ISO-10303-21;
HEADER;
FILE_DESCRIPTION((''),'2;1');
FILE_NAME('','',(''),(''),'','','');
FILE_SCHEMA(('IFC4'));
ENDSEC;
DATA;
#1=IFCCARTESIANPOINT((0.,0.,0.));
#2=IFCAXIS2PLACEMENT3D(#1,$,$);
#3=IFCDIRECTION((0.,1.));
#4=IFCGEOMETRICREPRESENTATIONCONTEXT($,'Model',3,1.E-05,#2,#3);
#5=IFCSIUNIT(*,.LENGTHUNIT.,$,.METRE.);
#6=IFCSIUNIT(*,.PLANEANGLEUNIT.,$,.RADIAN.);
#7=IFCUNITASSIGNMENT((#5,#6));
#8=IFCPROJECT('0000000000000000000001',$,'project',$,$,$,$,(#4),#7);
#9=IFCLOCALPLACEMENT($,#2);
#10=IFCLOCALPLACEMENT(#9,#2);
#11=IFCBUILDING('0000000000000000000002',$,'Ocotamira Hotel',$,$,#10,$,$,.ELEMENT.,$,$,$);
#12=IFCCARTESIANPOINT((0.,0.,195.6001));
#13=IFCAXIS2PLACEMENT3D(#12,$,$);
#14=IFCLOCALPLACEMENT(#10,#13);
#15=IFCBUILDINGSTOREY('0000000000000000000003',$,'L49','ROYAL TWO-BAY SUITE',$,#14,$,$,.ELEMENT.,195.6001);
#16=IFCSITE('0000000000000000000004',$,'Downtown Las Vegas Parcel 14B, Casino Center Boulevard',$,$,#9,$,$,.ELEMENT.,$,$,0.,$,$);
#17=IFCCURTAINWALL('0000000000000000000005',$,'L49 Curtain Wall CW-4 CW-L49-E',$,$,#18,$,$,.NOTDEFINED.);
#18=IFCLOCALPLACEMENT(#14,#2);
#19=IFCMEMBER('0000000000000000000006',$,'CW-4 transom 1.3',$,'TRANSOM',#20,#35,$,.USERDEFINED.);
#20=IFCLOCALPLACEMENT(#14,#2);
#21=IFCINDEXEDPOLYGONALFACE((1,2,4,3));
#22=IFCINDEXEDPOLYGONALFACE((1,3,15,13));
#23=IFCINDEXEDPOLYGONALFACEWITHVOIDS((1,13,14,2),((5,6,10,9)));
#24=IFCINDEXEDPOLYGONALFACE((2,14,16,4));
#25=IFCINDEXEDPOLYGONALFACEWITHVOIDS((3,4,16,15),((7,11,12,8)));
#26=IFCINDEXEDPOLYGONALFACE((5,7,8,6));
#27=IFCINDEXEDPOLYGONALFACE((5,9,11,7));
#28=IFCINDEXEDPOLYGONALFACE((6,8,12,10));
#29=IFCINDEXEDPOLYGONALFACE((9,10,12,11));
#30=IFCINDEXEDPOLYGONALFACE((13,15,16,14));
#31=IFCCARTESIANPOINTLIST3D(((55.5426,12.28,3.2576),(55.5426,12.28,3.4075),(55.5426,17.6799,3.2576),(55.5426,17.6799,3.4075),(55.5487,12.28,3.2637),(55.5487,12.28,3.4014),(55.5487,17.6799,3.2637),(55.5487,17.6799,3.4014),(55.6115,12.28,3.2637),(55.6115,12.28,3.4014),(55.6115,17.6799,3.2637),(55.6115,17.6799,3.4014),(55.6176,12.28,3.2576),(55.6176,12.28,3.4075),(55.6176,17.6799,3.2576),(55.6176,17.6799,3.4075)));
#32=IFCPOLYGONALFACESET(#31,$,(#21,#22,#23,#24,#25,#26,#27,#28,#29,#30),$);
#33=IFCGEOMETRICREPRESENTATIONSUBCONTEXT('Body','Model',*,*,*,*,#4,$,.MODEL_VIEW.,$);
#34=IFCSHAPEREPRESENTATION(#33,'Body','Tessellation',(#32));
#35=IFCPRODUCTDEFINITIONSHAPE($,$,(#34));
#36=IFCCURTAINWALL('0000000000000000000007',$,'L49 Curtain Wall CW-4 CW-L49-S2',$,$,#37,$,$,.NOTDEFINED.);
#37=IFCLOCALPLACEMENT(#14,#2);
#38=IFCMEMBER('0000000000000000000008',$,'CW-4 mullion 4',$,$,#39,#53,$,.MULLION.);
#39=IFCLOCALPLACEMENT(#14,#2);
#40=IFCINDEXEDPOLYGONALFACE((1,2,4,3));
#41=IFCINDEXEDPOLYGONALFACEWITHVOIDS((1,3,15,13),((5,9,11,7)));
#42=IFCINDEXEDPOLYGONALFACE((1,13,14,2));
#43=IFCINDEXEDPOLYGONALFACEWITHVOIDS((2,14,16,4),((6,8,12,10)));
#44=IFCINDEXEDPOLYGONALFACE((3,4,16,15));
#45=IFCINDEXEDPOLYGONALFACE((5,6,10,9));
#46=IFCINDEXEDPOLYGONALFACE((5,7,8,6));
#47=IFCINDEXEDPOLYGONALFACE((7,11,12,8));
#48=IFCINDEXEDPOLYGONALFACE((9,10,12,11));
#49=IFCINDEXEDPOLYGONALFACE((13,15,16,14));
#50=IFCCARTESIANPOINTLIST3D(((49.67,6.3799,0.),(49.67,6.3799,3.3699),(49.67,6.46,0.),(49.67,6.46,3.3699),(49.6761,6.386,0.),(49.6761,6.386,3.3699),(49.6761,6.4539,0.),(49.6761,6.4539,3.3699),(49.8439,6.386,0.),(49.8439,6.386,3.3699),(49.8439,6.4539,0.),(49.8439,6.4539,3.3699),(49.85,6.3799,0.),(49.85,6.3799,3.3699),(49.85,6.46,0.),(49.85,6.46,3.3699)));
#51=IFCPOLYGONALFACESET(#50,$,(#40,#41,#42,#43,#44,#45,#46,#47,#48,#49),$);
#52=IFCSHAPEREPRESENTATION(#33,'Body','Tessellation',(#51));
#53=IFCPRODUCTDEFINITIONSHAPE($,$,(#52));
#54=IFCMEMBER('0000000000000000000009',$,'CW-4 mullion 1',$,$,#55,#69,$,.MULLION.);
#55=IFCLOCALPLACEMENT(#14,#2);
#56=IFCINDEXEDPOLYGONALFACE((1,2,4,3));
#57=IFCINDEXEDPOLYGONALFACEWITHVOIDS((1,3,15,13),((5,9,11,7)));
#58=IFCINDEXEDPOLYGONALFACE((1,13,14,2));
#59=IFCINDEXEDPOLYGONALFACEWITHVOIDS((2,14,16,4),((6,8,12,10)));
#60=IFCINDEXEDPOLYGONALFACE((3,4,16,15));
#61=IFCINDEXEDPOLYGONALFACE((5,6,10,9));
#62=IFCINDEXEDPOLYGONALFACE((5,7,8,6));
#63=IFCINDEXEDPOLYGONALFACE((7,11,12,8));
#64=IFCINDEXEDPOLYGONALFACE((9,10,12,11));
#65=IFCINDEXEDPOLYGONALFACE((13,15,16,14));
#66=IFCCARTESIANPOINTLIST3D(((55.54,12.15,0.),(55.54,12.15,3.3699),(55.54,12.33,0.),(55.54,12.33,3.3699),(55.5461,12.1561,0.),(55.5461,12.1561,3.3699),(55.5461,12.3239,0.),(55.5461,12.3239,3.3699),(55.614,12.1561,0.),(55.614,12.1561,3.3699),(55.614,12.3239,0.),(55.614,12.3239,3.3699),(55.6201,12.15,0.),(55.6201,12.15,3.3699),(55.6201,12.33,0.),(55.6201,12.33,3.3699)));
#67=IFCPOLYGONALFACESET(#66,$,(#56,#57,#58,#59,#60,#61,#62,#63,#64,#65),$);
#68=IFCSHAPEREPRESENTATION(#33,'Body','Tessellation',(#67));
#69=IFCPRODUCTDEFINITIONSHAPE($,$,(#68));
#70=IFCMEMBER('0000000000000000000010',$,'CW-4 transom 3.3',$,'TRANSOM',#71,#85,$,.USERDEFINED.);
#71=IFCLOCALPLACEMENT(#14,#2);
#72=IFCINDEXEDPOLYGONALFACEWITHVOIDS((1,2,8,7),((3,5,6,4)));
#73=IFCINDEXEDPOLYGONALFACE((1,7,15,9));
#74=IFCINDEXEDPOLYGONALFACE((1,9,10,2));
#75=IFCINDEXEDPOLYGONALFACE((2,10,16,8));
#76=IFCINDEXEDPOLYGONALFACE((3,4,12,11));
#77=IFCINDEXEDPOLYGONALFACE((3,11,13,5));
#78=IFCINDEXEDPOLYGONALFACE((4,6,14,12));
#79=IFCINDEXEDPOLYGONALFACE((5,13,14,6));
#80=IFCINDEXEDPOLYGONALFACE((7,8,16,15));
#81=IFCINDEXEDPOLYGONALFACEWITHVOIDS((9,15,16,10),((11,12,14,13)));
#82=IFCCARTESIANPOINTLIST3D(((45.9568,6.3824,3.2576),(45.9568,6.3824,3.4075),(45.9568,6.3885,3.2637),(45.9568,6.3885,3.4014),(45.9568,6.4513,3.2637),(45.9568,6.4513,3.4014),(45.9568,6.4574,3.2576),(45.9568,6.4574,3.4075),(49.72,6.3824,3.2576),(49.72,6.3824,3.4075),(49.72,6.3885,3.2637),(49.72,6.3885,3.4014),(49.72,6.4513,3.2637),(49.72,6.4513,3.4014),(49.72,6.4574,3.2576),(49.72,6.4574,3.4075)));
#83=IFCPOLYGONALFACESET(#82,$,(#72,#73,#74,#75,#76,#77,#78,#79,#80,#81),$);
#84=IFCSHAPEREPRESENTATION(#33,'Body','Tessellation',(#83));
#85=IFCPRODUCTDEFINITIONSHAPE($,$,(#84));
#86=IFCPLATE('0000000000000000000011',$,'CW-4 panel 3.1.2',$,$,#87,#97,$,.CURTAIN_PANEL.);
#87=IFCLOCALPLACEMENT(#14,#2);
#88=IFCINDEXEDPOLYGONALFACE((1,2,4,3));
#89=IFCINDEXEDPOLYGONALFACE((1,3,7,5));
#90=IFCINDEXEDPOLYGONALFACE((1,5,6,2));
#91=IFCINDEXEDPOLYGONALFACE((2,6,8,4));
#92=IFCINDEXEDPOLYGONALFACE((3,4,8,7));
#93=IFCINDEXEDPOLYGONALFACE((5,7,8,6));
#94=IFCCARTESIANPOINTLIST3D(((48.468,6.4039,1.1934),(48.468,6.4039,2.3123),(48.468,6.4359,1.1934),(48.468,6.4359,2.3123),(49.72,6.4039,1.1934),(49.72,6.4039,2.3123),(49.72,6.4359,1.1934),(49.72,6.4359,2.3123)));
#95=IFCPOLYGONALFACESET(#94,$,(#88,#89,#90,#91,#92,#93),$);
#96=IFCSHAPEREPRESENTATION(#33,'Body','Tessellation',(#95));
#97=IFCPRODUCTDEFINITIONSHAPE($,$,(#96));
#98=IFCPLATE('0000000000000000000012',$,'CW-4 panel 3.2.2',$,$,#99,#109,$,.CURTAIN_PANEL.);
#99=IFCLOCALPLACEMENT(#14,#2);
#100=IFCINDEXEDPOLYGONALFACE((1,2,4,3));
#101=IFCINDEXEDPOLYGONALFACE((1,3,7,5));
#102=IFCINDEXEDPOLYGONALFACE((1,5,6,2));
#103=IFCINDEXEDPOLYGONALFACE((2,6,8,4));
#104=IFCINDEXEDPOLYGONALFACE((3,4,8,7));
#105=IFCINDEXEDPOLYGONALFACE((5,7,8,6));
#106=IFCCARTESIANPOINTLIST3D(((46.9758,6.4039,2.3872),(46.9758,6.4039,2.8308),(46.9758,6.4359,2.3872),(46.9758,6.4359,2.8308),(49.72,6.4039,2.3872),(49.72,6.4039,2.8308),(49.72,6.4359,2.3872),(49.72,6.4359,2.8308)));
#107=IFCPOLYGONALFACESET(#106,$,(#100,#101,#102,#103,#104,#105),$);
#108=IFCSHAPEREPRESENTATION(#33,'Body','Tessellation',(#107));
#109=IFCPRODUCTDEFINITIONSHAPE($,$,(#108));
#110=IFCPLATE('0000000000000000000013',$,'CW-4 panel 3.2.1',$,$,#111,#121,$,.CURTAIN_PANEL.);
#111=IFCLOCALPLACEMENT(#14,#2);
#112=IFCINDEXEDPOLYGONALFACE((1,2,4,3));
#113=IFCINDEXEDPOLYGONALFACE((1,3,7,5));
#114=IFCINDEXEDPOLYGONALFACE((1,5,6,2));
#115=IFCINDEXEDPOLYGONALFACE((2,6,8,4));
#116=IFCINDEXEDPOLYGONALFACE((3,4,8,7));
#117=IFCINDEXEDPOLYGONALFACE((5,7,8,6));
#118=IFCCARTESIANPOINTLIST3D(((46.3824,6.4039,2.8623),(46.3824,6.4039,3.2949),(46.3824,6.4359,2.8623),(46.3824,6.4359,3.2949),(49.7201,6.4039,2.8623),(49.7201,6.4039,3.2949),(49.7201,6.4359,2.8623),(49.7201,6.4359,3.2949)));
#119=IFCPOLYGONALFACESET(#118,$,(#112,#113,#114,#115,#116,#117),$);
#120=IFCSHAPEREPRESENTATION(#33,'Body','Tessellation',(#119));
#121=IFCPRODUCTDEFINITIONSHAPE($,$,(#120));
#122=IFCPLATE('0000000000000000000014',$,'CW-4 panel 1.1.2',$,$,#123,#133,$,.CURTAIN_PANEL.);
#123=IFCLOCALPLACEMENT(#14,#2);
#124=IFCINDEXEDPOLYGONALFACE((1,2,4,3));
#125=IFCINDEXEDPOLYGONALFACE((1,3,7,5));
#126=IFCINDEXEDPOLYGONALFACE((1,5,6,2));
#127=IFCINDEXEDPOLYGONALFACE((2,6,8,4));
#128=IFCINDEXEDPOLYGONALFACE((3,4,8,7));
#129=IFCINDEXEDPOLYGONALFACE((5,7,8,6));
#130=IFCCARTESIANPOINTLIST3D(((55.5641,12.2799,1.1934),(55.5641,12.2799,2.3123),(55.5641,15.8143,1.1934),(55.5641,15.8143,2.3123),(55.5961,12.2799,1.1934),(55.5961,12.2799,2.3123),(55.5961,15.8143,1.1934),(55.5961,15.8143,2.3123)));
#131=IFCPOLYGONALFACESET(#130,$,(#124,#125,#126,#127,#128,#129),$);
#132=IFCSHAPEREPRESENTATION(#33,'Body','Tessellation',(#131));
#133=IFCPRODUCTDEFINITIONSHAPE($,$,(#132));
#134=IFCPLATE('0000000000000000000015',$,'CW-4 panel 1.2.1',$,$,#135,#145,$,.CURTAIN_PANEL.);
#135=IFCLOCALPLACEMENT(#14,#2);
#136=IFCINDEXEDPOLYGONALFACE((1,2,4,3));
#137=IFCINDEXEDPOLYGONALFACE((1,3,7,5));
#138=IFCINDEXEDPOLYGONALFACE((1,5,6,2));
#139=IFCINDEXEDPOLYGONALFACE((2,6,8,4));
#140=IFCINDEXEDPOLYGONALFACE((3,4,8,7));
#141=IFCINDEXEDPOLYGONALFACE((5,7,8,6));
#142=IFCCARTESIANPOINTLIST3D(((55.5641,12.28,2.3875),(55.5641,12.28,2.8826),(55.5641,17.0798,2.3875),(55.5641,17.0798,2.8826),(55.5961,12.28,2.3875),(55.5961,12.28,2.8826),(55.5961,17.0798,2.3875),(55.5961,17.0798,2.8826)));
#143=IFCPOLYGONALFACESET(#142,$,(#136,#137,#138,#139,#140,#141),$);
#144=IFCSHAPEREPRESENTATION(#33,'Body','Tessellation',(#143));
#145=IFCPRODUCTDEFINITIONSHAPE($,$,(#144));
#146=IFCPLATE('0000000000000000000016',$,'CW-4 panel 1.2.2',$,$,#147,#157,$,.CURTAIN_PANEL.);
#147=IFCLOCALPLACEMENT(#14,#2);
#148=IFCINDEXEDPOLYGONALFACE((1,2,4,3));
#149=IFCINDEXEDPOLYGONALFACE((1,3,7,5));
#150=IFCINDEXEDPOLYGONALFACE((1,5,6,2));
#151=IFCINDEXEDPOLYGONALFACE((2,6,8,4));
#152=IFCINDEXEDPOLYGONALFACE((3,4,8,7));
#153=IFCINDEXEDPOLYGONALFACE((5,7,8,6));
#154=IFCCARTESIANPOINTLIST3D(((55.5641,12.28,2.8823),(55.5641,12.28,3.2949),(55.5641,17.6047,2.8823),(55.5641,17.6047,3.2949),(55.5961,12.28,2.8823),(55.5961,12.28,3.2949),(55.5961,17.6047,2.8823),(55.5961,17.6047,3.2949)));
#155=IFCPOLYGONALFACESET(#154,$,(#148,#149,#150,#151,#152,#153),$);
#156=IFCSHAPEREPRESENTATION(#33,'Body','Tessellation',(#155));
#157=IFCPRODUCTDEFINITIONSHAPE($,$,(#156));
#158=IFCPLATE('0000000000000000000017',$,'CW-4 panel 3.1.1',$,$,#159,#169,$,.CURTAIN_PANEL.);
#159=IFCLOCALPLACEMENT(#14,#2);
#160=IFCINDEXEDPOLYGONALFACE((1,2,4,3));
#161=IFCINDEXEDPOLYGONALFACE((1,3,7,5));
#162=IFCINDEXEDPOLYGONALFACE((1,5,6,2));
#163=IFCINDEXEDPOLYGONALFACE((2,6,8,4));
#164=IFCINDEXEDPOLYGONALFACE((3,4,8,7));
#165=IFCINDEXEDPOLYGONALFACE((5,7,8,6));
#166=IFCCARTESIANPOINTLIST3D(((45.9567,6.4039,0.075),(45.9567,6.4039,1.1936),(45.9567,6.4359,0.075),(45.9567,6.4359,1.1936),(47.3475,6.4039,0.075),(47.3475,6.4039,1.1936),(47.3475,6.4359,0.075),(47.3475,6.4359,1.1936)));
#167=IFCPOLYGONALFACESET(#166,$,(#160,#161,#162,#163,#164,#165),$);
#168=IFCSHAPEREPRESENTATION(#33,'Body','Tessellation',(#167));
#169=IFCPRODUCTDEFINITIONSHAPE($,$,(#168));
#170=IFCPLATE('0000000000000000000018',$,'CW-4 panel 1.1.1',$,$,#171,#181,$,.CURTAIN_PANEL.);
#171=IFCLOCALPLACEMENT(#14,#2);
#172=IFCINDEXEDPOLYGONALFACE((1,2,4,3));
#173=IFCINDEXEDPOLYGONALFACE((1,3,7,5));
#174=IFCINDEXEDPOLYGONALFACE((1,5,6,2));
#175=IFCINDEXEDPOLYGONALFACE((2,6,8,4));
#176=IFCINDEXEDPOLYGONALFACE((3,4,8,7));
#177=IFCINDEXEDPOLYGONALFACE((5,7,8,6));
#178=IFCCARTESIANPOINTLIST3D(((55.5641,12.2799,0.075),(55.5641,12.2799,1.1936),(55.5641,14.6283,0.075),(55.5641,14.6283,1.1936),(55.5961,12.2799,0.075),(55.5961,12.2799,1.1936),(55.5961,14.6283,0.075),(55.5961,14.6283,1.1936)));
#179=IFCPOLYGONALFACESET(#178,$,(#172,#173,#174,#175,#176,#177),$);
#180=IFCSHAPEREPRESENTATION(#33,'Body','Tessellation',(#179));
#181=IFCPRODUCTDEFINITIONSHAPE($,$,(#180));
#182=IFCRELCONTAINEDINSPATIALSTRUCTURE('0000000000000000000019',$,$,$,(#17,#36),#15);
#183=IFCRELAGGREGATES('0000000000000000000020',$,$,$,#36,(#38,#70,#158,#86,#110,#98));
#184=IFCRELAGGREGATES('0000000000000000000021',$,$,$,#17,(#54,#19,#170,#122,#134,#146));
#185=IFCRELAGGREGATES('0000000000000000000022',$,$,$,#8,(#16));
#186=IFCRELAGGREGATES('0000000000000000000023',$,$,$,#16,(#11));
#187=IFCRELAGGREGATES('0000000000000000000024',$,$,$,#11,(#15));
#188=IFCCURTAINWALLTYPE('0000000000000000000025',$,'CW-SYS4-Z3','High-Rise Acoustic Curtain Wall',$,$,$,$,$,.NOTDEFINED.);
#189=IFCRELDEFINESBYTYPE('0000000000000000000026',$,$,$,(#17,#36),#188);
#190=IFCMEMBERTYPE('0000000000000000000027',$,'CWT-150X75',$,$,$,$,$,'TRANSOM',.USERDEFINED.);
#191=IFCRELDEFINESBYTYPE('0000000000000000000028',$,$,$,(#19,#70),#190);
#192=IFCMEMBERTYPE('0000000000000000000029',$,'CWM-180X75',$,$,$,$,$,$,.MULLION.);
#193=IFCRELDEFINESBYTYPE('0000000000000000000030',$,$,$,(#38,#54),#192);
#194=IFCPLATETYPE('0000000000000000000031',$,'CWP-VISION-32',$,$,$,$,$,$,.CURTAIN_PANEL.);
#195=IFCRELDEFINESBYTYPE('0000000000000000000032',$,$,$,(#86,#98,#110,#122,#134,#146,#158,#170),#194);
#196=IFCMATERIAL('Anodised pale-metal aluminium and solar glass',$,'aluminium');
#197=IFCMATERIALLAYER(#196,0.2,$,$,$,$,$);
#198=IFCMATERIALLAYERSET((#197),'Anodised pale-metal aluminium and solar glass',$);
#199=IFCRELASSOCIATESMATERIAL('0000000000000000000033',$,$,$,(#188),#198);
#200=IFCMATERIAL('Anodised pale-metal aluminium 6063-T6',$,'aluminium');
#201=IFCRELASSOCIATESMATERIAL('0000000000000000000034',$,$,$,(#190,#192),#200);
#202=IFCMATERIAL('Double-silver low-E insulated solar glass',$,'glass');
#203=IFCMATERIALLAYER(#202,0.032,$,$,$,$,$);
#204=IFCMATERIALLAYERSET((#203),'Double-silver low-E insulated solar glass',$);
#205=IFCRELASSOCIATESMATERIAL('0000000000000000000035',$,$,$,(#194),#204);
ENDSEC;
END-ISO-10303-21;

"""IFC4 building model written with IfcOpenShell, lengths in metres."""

from ifc_helpers import new_model, si_unit, direction, frame, origin, origin_2d, place, context, subcontext, project, spatial, rectangle, hollow_rectangle, extrude, source, transform, mapped, material, layer, layer_set, material_profile, profile_set, type_object, element, aggregate, save


model = new_model("IFC4")

# Units and contexts
model_context = context("Model", 3, precision=1e-05, world=origin(), true_north=direction((0.0, 1.0)))
body_context = subcontext(model_context, "Body", "Model", "MODEL_VIEW")
ifc_project = project(units=[si_unit("LENGTHUNIT", "METRE"), si_unit("PLANEANGLEUNIT", "RADIAN")], contexts=[model_context])

# Site, building, storey
site_placement = place(None, origin())
site = spatial("IfcSite", under=ifc_project, at=site_placement, Name="Downtown Las Vegas Parcel 14B, Casino Center Boulevard", CompositionType="ELEMENT", RefElevation=0.0)
building_placement = place(site_placement, origin())
building = spatial("IfcBuilding", under=site, at=building_placement, Name="Ocotamira Hotel", CompositionType="ELEMENT")
storey_placement = place(building_placement, frame((0.0, 0.0, 195.6001)))
storey = spatial("IfcBuildingStorey", under=building, at=storey_placement, Name="L49", Description="ROYAL TWO-BAY SUITE", CompositionType="ELEMENT", Elevation=195.6001)

# Curtain wall, member
ifc_material_1 = material(Name="Anodised pale-metal aluminium and solar glass", Category="aluminium")
ifc_layer_1 = layer(ifc_material_1, 0.2)
ifc_layer_set_1 = layer_set([ifc_layer_1], Name="Anodised pale-metal aluminium and solar glass")
curtain_wall_type = type_object("IfcCurtainWallType", Name="CW-SYS4-Z3", Description="High-Rise Acoustic Curtain Wall", PredefinedType="NOTDEFINED", material=ifc_layer_set_1)
curtain_wall_1_placement = place(storey_placement, origin())
curtain_wall_1 = element("IfcCurtainWall", 1, at=curtain_wall_1_placement, inside=storey, type_object=curtain_wall_type, Name="L49 Curtain Wall CW-4 CW-L49-E", PredefinedType="NOTDEFINED")
ifc_material_2 = material(Name="Anodised pale-metal aluminium 6063-T6", Category="aluminium")
ifc_material_profile_1 = material_profile(ifc_material_2, hollow_rectangle(XDim=0.075, YDim=0.1499, WallThickness=0.0061, at=origin_2d()), Name="HSS150X75X6")
ifc_profile_set_1 = profile_set([ifc_material_profile_1], Name="Anodised pale-metal aluminium 6063-T6")
member_type_1 = type_object("IfcMemberType", Name="CWT-150X75", ElementType="TRANSOM", PredefinedType="USERDEFINED", material=ifc_profile_set_1)
shared_shape_1 = source(origin(), body_context, "Body", "SweptSolid", [
    extrude(hollow_rectangle(XDim=0.075, YDim=0.1499, WallThickness=0.0061, at=origin_2d()), origin(), (0.0, 0.0, 1.0), 5.3999),
])
member_1_placement = place(storey_placement, frame((55.5801, 12.28, 3.3325), z_axis=(0.0, 1.0, 0.0), x_axis=(-1.0, 0.0, 0.0)))
member_1 = element("IfcMember", 2, at=member_1_placement, type_object=member_type_1, Name="CW-4 transom 1.3", ObjectType="TRANSOM", PredefinedType="USERDEFINED", context=body_context, shape_type="MappedRepresentation", body=[
    mapped(shared_shape_1, transform((0.0, 0.0, 0.0), scale=1.0)),
])

# Curtain wall, member
curtain_wall_2_placement = place(storey_placement, origin())
curtain_wall_2 = element("IfcCurtainWall", 3, at=curtain_wall_2_placement, inside=storey, type_object=curtain_wall_type, Name="L49 Curtain Wall CW-4 CW-L49-S2", PredefinedType="NOTDEFINED")
ifc_material_profile_2 = material_profile(ifc_material_2, hollow_rectangle(XDim=0.0801, YDim=0.1799, WallThickness=0.0061, at=origin_2d()), Name="HSS180X80X6")
ifc_profile_set_2 = profile_set([ifc_material_profile_2], Name="Anodised pale-metal aluminium 6063-T6")
member_type_2 = type_object("IfcMemberType", Name="CWM-180X75", PredefinedType="MULLION", material=ifc_profile_set_2)
shared_shape_2 = source(origin(), body_context, "Body", "SweptSolid", [
    extrude(hollow_rectangle(XDim=0.0801, YDim=0.1799, WallThickness=0.0061, at=origin_2d()), origin(), (0.0, 0.0, 1.0), 3.3699),
])
member_2_placement = place(storey_placement, frame((49.76, 6.4199, 0.0), z_axis=(0.0, 0.0, 1.0), x_axis=(0.0, 1.0, 0.0)))
member_2 = element("IfcMember", 4, at=member_2_placement, type_object=member_type_2, Name="CW-4 mullion 4", PredefinedType="MULLION", context=body_context, shape_type="MappedRepresentation", body=[
    mapped(shared_shape_2, transform((0.0, 0.0, 0.0), scale=1.0)),
])

# Members
member_3_placement = place(storey_placement, frame((55.5801, 12.24, 0.0), z_axis=(0.0, 0.0, 1.0), x_axis=(-1.0, 0.0, 0.0)))
member_3 = element("IfcMember", 5, at=member_3_placement, type_object=member_type_2, Name="CW-4 mullion 1", PredefinedType="MULLION", context=body_context, shape_type="MappedRepresentation", body=[
    mapped(shared_shape_2, transform((0.0, 0.0, 0.0), scale=1.0)),
])
shared_shape_3 = source(origin(), body_context, "Body", "SweptSolid", [
    extrude(hollow_rectangle(XDim=0.075, YDim=0.1499, WallThickness=0.0061, at=origin_2d()), origin(), (0.0, 0.0, 1.0), 3.7632),
])
member_4_placement = place(storey_placement, frame((45.9568, 6.4199, 3.3325), z_axis=(1.0, 0.0, 0.0), x_axis=(0.0, 1.0, 0.0)))
member_4 = element("IfcMember", 6, at=member_4_placement, type_object=member_type_1, Name="CW-4 transom 3.3", ObjectType="TRANSOM", PredefinedType="USERDEFINED", context=body_context, shape_type="MappedRepresentation", body=[
    mapped(shared_shape_3, transform((0.0, 0.0, 0.0), scale=1.0)),
])

# Plates
ifc_material_3 = material(Name="Double-silver low-E insulated solar glass", Category="glass")
ifc_layer_2 = layer(ifc_material_3, 0.032)
ifc_layer_set_2 = layer_set([ifc_layer_2], Name="Double-silver low-E insulated solar glass")
plate_type = type_object("IfcPlateType", Name="CWP-VISION-32", PredefinedType="CURTAIN_PANEL", material=ifc_layer_set_2)
shared_shape_4 = source(origin(), body_context, "Body", "SweptSolid", [
    extrude(rectangle(XDim=1.252, YDim=0.032, at=origin_2d()), origin(), (0.0, 0.0, 1.0), 1.1189),
])
plate_1_placement = place(storey_placement, frame((49.094, 6.4199, 1.1934), z_axis=(0.0, 0.0, 1.0), x_axis=(1.0, 0.0, 0.0)))
plate_1 = element("IfcPlate", 7, at=plate_1_placement, type_object=plate_type, Name="CW-4 panel 3.1.2", PredefinedType="CURTAIN_PANEL", context=body_context, shape_type="MappedRepresentation", body=[
    mapped(shared_shape_4, transform((0.0, 0.0, 0.0), scale=1.0)),
])
shared_shape_5 = source(origin(), body_context, "Body", "SweptSolid", [
    extrude(rectangle(XDim=2.7441, YDim=0.032, at=origin_2d()), origin(), (0.0, 0.0, 1.0), 0.4436),
])
plate_2_placement = place(storey_placement, frame((48.3479, 6.4199, 2.3872), z_axis=(0.0, 0.0, 1.0), x_axis=(1.0, 0.0, 0.0)))
plate_2 = element("IfcPlate", 8, at=plate_2_placement, type_object=plate_type, Name="CW-4 panel 3.2.2", PredefinedType="CURTAIN_PANEL", context=body_context, shape_type="MappedRepresentation", body=[
    mapped(shared_shape_5, transform((0.0, 0.0, 0.0), scale=1.0)),
])
shared_shape_6 = source(origin(), body_context, "Body", "SweptSolid", [
    extrude(rectangle(XDim=3.3376, YDim=0.032, at=origin_2d()), origin(), (0.0, 0.0, 1.0), 0.4326),
])
plate_3_placement = place(storey_placement, frame((48.0513, 6.4199, 2.8623), z_axis=(0.0, 0.0, 1.0), x_axis=(1.0, 0.0, 0.0)))
plate_3 = element("IfcPlate", 9, at=plate_3_placement, type_object=plate_type, Name="CW-4 panel 3.2.1", PredefinedType="CURTAIN_PANEL", context=body_context, shape_type="MappedRepresentation", body=[
    mapped(shared_shape_6, transform((0.0, 0.0, 0.0), scale=1.0)),
])
shared_shape_7 = source(origin(), body_context, "Body", "SweptSolid", [
    extrude(rectangle(XDim=3.5344, YDim=0.032, at=origin_2d()), origin(), (0.0, 0.0, 1.0), 1.1189),
])
plate_4_placement = place(storey_placement, frame((55.5801, 14.0471, 1.1934), z_axis=(0.0, 0.0, 1.0), x_axis=(0.0, 1.0, 0.0)))
plate_4 = element("IfcPlate", 10, at=plate_4_placement, type_object=plate_type, Name="CW-4 panel 1.1.2", PredefinedType="CURTAIN_PANEL", context=body_context, shape_type="MappedRepresentation", body=[
    mapped(shared_shape_7, transform((0.0, 0.0, 0.0), scale=1.0)),
])
shared_shape_8 = source(origin(), body_context, "Body", "SweptSolid", [
    extrude(rectangle(XDim=4.7998, YDim=0.032, at=origin_2d()), origin(), (0.0, 0.0, 1.0), 0.4951),
])
plate_5_placement = place(storey_placement, frame((55.5801, 14.6799, 2.3875), z_axis=(0.0, 0.0, 1.0), x_axis=(0.0, 1.0, 0.0)))
plate_5 = element("IfcPlate", 11, at=plate_5_placement, type_object=plate_type, Name="CW-4 panel 1.2.1", PredefinedType="CURTAIN_PANEL", context=body_context, shape_type="MappedRepresentation", body=[
    mapped(shared_shape_8, transform((0.0, 0.0, 0.0), scale=1.0)),
])
shared_shape_9 = source(origin(), body_context, "Body", "SweptSolid", [
    extrude(rectangle(XDim=5.3247, YDim=0.032, at=origin_2d()), origin(), (0.0, 0.0, 1.0), 0.4126),
])
plate_6_placement = place(storey_placement, frame((55.5801, 14.9424, 2.8823), z_axis=(0.0, 0.0, 1.0), x_axis=(0.0, 1.0, 0.0)))
plate_6 = element("IfcPlate", 12, at=plate_6_placement, type_object=plate_type, Name="CW-4 panel 1.2.2", PredefinedType="CURTAIN_PANEL", context=body_context, shape_type="MappedRepresentation", body=[
    mapped(shared_shape_9, transform((0.0, 0.0, 0.0), scale=1.0)),
])
shared_shape_10 = source(origin(), body_context, "Body", "SweptSolid", [
    extrude(rectangle(XDim=1.3909, YDim=0.032, at=origin_2d()), origin(), (0.0, 0.0, 1.0), 1.1187),
])
plate_7_placement = place(storey_placement, frame((46.6521, 6.4199, 0.075), z_axis=(0.0, 0.0, 1.0), x_axis=(1.0, 0.0, 0.0)))
plate_7 = element("IfcPlate", 13, at=plate_7_placement, type_object=plate_type, Name="CW-4 panel 3.1.1", PredefinedType="CURTAIN_PANEL", context=body_context, shape_type="MappedRepresentation", body=[
    mapped(shared_shape_10, transform((0.0, 0.0, 0.0), scale=1.0)),
])
aggregate(curtain_wall_2, [member_2, member_4, plate_7, plate_1, plate_3, plate_2])
shared_shape_11 = source(origin(), body_context, "Body", "SweptSolid", [
    extrude(rectangle(XDim=2.3484, YDim=0.032, at=origin_2d()), origin(), (0.0, 0.0, 1.0), 1.1187),
])
plate_8_placement = place(storey_placement, frame((55.5801, 13.4541, 0.075), z_axis=(0.0, 0.0, 1.0), x_axis=(0.0, 1.0, 0.0)))
plate_8 = element("IfcPlate", 14, at=plate_8_placement, type_object=plate_type, Name="CW-4 panel 1.1.1", PredefinedType="CURTAIN_PANEL", context=body_context, shape_type="MappedRepresentation", body=[
    mapped(shared_shape_11, transform((0.0, 0.0, 0.0), scale=1.0)),
])
aggregate(curtain_wall_1, [member_3, member_1, plate_8, plate_4, plate_5, plate_6])

save(model, "model.ifc")
